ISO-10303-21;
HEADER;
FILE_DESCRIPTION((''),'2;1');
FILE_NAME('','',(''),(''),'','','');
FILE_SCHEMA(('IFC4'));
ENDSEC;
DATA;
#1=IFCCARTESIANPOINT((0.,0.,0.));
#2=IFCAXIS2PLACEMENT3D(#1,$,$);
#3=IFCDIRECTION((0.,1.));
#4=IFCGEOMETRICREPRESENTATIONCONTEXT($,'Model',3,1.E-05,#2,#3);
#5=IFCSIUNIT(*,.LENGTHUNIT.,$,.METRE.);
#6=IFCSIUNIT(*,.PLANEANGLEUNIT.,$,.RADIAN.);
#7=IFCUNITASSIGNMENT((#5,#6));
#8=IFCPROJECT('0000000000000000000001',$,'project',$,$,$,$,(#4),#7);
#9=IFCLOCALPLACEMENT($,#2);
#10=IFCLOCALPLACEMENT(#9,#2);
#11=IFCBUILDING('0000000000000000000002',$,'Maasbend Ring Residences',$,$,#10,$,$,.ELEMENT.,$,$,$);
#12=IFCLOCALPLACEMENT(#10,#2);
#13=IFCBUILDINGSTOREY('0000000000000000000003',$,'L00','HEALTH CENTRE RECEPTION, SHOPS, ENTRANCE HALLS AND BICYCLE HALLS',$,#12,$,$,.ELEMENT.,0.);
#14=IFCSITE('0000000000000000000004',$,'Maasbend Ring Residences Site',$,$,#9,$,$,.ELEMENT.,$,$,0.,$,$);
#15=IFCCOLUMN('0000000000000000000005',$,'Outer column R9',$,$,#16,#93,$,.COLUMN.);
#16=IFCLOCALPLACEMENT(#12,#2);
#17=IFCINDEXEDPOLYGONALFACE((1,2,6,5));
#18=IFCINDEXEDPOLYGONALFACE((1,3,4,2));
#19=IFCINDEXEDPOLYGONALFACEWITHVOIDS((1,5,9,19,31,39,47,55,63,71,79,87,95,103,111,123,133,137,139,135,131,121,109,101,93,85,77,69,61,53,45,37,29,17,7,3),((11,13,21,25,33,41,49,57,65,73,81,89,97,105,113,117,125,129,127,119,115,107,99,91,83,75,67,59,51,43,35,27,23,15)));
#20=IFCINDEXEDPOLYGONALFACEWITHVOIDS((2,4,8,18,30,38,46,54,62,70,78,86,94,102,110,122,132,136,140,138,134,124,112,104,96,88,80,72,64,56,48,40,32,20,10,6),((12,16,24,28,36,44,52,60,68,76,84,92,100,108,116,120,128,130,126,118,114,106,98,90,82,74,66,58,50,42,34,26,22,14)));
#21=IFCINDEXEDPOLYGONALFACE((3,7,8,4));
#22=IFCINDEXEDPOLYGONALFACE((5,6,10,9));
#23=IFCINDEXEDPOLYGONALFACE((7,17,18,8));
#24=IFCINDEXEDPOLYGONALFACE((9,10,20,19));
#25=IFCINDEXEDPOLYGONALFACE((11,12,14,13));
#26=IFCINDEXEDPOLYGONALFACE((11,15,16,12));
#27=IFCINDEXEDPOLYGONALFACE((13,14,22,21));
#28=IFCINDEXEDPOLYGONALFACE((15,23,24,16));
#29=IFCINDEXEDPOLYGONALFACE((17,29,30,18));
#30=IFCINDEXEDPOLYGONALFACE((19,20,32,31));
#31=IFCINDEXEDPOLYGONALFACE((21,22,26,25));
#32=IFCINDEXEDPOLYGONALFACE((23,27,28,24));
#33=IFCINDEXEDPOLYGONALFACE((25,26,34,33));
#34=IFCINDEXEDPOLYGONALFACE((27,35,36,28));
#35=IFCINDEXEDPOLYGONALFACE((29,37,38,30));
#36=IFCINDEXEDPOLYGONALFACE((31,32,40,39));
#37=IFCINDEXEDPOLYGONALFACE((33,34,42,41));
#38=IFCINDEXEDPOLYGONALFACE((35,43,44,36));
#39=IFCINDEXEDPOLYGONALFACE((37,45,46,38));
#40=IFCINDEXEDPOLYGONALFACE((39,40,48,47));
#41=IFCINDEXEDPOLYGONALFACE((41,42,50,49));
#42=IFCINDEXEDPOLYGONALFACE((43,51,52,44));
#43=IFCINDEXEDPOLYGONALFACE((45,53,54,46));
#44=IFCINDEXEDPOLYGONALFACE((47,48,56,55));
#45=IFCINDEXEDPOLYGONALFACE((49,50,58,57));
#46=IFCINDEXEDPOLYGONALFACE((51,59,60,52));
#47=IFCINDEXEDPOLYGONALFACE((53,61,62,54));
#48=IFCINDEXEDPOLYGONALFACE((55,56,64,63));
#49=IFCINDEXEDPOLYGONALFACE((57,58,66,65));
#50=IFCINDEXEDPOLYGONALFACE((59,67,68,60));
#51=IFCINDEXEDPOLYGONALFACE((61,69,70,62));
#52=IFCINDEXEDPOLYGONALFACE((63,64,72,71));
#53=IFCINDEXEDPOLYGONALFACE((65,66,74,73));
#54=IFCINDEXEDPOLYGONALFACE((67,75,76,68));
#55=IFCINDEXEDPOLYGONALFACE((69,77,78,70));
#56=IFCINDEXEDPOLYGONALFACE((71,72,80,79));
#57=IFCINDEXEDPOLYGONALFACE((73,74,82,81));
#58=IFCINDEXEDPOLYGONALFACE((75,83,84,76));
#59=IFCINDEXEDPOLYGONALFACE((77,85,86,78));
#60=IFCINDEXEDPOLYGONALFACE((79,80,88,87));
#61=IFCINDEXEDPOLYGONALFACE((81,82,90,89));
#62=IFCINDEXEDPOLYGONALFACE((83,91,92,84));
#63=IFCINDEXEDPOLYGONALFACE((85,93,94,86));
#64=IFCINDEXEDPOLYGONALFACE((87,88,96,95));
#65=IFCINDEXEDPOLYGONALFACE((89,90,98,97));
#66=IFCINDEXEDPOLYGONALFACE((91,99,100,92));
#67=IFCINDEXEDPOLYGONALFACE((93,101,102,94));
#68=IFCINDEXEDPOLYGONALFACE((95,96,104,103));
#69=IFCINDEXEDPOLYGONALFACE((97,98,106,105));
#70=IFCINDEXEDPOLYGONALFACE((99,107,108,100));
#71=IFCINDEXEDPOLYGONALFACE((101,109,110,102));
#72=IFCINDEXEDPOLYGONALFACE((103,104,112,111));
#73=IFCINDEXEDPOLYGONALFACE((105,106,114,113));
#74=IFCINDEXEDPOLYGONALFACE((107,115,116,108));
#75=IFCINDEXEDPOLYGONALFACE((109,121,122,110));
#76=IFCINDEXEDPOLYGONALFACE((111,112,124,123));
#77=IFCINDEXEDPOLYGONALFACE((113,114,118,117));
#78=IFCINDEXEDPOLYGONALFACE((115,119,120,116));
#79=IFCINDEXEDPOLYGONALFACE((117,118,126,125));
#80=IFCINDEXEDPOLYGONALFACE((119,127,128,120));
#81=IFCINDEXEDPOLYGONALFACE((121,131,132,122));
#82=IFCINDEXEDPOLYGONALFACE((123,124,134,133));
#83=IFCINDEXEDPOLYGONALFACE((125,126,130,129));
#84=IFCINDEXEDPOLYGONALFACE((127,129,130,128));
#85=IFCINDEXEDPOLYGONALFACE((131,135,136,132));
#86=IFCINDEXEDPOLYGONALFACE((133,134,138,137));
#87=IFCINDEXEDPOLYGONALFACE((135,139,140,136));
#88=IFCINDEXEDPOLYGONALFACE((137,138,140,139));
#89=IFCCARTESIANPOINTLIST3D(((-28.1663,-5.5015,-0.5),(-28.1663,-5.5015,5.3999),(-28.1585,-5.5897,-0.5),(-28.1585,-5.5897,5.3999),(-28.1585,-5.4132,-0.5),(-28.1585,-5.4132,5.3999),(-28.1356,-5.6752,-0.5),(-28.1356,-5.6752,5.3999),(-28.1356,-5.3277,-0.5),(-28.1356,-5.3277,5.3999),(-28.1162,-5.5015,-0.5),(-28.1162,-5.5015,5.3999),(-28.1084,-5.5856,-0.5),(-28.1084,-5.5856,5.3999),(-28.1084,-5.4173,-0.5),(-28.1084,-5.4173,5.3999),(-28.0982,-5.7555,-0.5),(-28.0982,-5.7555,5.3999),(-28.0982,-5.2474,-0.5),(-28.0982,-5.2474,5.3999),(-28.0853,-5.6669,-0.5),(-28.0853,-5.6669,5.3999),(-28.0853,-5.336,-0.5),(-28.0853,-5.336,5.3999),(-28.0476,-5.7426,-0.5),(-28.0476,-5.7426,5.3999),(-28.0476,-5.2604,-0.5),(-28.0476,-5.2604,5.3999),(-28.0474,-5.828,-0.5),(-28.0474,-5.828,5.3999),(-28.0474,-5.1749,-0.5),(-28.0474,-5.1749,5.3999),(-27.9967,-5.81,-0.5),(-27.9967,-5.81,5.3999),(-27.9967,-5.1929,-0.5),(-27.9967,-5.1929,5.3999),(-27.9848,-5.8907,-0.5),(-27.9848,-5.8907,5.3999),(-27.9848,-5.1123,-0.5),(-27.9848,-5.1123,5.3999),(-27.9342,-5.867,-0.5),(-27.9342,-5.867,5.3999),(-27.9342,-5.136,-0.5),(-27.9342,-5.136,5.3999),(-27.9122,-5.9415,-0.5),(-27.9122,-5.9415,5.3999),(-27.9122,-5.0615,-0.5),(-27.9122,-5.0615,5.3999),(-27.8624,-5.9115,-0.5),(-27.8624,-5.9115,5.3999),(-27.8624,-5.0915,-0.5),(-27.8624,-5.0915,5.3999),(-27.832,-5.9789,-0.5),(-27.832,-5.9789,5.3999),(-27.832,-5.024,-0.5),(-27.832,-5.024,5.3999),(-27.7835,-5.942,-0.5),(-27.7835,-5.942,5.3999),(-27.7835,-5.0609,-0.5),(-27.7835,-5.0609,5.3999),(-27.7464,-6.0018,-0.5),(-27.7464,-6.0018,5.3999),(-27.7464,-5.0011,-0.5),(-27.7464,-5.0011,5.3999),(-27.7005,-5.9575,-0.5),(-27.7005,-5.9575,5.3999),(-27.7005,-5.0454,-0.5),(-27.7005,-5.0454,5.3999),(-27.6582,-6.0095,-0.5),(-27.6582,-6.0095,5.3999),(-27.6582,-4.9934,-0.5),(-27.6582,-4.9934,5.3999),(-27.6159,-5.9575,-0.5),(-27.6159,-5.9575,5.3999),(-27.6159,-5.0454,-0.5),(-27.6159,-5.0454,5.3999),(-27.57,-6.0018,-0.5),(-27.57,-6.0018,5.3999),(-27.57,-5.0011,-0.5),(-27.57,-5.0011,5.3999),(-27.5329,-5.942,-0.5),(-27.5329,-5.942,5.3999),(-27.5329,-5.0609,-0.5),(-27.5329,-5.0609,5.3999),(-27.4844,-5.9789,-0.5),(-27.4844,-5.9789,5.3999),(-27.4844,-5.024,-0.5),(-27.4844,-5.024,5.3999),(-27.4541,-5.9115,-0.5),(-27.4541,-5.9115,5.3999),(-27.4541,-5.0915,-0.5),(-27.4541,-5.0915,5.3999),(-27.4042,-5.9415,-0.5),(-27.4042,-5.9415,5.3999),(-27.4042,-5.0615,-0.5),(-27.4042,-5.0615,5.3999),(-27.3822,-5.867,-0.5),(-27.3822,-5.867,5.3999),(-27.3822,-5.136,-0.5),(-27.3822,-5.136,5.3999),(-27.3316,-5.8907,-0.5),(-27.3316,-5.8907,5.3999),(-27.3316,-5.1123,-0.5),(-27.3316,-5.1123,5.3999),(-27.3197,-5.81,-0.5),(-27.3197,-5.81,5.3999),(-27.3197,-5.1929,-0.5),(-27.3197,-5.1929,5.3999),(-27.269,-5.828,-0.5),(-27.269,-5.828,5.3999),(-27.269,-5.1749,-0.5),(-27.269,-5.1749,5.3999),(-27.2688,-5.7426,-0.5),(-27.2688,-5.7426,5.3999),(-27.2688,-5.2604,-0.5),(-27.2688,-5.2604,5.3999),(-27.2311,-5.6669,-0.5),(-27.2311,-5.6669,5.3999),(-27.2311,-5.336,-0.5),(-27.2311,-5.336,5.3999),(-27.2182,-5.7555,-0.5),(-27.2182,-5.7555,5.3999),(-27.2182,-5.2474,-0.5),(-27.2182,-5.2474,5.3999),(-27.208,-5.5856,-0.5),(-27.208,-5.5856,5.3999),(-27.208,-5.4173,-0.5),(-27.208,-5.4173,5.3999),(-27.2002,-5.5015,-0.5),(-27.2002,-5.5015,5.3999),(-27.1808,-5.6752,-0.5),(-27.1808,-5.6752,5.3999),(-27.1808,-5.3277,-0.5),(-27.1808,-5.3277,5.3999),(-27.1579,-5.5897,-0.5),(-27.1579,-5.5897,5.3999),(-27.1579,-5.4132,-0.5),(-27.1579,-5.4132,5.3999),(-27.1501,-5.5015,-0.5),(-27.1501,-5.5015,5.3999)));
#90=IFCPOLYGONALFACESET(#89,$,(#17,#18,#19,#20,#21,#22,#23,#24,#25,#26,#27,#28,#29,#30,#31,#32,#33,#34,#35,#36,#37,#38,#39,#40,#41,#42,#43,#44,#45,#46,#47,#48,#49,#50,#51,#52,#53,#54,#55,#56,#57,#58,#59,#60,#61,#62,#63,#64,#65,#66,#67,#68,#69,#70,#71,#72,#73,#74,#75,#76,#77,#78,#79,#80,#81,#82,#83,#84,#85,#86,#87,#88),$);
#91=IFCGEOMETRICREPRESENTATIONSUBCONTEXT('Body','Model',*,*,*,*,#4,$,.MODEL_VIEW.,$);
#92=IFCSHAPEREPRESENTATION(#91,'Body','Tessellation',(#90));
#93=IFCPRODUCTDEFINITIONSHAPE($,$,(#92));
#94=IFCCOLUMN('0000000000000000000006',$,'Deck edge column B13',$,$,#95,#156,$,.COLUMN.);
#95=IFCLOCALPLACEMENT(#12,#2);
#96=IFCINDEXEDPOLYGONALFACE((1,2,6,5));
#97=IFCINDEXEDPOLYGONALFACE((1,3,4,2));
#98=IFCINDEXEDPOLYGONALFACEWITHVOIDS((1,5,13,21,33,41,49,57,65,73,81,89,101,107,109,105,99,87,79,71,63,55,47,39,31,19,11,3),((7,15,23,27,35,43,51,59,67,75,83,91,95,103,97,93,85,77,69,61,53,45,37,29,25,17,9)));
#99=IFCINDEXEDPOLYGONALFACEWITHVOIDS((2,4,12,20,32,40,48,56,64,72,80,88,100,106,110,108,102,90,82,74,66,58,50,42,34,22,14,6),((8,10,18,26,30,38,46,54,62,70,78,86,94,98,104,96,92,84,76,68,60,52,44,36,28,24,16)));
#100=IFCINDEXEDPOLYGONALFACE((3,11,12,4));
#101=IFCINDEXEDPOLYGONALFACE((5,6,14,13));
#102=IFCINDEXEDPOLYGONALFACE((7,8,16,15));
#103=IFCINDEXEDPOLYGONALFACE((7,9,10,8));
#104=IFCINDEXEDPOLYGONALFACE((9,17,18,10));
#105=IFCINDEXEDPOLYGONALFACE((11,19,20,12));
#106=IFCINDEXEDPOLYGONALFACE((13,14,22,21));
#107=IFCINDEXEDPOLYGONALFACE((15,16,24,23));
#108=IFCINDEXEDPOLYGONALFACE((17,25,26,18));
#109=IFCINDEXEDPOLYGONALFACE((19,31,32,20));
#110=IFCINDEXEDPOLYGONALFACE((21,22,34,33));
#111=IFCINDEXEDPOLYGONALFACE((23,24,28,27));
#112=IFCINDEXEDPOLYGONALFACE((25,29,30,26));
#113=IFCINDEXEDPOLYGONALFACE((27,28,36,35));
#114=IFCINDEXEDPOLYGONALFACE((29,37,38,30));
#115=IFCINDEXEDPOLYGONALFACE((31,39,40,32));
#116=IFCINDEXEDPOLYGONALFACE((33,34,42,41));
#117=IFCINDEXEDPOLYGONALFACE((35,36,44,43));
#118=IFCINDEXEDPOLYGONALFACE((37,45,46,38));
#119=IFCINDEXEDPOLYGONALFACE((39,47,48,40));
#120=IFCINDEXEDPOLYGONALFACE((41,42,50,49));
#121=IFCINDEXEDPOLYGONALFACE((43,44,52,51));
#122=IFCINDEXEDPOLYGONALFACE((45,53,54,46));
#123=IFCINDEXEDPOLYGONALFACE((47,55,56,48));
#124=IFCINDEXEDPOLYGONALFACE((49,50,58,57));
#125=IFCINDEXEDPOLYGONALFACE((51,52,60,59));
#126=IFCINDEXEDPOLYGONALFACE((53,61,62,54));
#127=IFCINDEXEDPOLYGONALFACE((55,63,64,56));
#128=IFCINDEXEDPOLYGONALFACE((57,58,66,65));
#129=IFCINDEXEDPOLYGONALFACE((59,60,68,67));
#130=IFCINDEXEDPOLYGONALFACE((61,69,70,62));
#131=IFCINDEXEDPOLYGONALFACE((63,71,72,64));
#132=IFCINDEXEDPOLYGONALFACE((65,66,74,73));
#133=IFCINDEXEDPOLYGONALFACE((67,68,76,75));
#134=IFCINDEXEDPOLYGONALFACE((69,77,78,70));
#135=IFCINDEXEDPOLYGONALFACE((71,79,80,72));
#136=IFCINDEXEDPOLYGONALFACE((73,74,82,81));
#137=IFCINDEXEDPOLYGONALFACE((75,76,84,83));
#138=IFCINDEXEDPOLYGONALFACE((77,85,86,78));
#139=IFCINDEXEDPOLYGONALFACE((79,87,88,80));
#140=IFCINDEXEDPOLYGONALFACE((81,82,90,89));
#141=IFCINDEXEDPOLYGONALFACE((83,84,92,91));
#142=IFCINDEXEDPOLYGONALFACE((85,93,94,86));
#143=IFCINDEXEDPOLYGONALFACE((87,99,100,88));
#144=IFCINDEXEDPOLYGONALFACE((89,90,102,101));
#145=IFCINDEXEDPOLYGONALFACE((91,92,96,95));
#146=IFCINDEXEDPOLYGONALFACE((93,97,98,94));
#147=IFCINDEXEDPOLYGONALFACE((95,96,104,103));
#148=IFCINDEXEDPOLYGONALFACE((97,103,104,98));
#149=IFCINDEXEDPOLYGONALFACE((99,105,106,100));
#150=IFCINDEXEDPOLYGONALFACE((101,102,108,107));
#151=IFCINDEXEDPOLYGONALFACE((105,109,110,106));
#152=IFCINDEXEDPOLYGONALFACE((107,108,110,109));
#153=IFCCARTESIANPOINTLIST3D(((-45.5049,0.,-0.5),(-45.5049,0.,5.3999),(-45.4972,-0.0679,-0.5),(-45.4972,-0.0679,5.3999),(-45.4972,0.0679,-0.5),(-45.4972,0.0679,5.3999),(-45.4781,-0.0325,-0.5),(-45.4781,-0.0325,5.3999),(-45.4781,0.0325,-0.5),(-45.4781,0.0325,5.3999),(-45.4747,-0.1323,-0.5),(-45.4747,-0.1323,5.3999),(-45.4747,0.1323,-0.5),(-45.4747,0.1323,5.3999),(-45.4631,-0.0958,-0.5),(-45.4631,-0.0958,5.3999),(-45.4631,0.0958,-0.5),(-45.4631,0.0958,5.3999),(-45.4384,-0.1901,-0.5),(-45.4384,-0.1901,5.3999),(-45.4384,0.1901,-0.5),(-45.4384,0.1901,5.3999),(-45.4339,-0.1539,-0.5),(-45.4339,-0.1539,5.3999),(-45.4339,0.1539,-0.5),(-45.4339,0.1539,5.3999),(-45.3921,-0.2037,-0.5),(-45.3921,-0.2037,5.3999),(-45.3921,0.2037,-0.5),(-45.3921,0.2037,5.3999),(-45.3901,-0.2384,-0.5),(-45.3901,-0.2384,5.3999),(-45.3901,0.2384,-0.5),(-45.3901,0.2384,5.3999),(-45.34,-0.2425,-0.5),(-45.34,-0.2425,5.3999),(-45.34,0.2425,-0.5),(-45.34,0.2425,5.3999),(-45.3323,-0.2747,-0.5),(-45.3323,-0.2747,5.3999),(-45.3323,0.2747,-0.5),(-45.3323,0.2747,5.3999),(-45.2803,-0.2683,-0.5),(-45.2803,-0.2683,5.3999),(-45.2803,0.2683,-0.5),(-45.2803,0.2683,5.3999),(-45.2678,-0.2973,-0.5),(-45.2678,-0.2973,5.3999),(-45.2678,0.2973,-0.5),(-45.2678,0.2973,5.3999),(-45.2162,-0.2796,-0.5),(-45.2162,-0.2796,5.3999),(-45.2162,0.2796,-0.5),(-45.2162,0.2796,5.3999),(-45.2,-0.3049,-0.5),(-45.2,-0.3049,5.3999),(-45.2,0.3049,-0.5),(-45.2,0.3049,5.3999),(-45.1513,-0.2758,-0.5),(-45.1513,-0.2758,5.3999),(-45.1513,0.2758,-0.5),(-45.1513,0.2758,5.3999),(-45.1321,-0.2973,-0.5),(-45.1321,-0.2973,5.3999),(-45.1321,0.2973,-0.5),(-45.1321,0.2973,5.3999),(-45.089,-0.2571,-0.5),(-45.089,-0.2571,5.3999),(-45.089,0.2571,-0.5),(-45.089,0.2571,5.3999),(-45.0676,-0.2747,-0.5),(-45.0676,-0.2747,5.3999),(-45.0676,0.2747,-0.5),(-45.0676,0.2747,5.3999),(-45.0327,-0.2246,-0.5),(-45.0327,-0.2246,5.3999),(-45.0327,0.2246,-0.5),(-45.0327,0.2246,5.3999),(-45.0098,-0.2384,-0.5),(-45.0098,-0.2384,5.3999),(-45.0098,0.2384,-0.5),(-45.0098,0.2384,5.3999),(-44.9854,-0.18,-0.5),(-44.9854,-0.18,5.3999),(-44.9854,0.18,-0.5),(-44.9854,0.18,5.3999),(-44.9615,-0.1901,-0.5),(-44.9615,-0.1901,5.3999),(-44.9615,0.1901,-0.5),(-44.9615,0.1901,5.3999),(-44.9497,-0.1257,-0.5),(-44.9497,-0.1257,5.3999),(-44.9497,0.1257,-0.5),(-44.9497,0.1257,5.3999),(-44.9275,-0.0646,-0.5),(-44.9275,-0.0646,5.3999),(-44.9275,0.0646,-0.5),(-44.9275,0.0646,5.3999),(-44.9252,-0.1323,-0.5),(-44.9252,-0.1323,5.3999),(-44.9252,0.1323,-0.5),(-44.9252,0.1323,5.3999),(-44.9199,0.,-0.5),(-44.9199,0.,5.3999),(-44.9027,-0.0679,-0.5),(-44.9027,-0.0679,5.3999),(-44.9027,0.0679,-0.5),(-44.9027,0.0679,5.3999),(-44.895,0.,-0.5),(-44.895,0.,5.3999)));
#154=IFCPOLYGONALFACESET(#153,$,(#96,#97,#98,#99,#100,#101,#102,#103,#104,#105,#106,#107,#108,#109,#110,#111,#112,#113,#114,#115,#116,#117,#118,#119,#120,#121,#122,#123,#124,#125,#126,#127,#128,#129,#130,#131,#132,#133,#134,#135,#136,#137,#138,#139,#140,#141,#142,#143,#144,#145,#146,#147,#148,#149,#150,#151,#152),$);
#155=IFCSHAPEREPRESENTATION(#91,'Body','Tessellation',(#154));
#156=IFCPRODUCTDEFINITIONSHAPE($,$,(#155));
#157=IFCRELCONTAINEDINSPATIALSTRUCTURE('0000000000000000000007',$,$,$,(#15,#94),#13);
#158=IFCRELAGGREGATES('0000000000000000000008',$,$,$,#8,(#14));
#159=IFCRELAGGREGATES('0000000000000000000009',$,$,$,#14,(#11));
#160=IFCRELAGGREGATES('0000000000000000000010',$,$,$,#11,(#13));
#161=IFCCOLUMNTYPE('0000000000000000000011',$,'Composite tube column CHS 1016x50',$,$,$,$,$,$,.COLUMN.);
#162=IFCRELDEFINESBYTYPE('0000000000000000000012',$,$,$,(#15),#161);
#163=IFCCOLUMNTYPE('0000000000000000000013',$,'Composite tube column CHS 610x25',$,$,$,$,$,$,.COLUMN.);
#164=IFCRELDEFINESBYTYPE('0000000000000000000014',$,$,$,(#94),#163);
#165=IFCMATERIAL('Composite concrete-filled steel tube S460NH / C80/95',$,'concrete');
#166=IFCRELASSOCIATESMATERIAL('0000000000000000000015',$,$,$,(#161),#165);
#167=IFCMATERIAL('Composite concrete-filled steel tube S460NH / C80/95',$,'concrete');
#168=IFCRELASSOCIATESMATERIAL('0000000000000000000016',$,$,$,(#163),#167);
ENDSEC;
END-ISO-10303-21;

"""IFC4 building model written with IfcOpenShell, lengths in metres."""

from ifc_helpers import new_model, si_unit, direction, frame, origin, origin_2d, place, context, subcontext, project, spatial, hollow_circle, extrude, material, material_profile, profile_set, type_object, element, save


model = new_model("IFC4")

# Units and contexts
model_context = context("Model", 3, precision=1e-05, world=origin(), true_north=direction((0.0, 1.0)))
body_context = subcontext(model_context, "Body", "Model", "MODEL_VIEW")
ifc_project = project(units=[si_unit("LENGTHUNIT", "METRE"), si_unit("PLANEANGLEUNIT", "RADIAN")], contexts=[model_context])

# Site, building, storey
site_placement = place(None, origin())
site = spatial("IfcSite", under=ifc_project, at=site_placement, Name="Maasbend Ring Residences Site", CompositionType="ELEMENT", RefElevation=0.0)
building_placement = place(site_placement, origin())
building = spatial("IfcBuilding", under=site, at=building_placement, Name="Maasbend Ring Residences", CompositionType="ELEMENT")
storey_placement = place(building_placement, origin())
storey = spatial("IfcBuildingStorey", under=building, at=storey_placement, Name="L00", Description="HEALTH CENTRE RECEPTION, SHOPS, ENTRANCE HALLS AND BICYCLE HALLS", CompositionType="ELEMENT", Elevation=0.0)

# Columns
ifc_material_1 = material(Name="Composite concrete-filled steel tube S460NH / C80/95", Category="concrete")
ifc_material_profile_1 = material_profile(ifc_material_1, hollow_circle(Radius=0.5081, WallThickness=0.05, at=origin_2d()), Name="Composite tube column CHS 1016x50")
ifc_profile_set_1 = profile_set([ifc_material_profile_1], Name="Composite concrete-filled steel tube S460NH / C80/95")
column_type_1 = type_object("IfcColumnType", Name="Composite tube column CHS 1016x50", PredefinedType="COLUMN", material=ifc_profile_set_1)
column_placement = place(storey_placement, frame((-27.6582, -5.5015, -0.5), z_axis=(0.0, 0.0, 1.0), x_axis=(1.0, 0.0, 0.0)))
element("IfcColumn", 1, at=column_placement, inside=storey, type_object=column_type_1, Name="Outer column R9", PredefinedType="COLUMN", context=body_context, shape_type="SweptSolid", body=[
    extrude(hollow_circle(Radius=0.5081, WallThickness=0.05, at=origin_2d()), origin(), (0.0, 0.0, 1.0), 5.8999),
])
ifc_material_2 = material(Name="Composite concrete-filled steel tube S460NH / C80/95", Category="concrete")
ifc_material_profile_2 = material_profile(ifc_material_2, hollow_circle(Radius=0.3049, WallThickness=0.0249, at=origin_2d()), Name="Composite tube column CHS 610x25")
ifc_profile_set_2 = profile_set([ifc_material_profile_2], Name="Composite concrete-filled steel tube S460NH / C80/95")
column_type_2 = type_object("IfcColumnType", Name="Composite tube column CHS 610x25", PredefinedType="COLUMN", material=ifc_profile_set_2)
for number, where, z_axis, x_axis, name in (
    (2, (-45.2, 0.0, -0.5), (0.0, 0.0, 1.0), (1.0, 0.0, 0.0), "Deck edge column B13"),
):
    element("IfcColumn", number, at=place(storey_placement, frame(where, z_axis=z_axis, x_axis=x_axis)), inside=storey, type_object=column_type_2, Name=name, PredefinedType="COLUMN", context=body_context, shape_type="SweptSolid", body=[
        extrude(hollow_circle(Radius=0.3049, WallThickness=0.0249, at=origin_2d()), origin(), (0.0, 0.0, 1.0), 5.8999),
    ])

save(model, "model.ifc")
